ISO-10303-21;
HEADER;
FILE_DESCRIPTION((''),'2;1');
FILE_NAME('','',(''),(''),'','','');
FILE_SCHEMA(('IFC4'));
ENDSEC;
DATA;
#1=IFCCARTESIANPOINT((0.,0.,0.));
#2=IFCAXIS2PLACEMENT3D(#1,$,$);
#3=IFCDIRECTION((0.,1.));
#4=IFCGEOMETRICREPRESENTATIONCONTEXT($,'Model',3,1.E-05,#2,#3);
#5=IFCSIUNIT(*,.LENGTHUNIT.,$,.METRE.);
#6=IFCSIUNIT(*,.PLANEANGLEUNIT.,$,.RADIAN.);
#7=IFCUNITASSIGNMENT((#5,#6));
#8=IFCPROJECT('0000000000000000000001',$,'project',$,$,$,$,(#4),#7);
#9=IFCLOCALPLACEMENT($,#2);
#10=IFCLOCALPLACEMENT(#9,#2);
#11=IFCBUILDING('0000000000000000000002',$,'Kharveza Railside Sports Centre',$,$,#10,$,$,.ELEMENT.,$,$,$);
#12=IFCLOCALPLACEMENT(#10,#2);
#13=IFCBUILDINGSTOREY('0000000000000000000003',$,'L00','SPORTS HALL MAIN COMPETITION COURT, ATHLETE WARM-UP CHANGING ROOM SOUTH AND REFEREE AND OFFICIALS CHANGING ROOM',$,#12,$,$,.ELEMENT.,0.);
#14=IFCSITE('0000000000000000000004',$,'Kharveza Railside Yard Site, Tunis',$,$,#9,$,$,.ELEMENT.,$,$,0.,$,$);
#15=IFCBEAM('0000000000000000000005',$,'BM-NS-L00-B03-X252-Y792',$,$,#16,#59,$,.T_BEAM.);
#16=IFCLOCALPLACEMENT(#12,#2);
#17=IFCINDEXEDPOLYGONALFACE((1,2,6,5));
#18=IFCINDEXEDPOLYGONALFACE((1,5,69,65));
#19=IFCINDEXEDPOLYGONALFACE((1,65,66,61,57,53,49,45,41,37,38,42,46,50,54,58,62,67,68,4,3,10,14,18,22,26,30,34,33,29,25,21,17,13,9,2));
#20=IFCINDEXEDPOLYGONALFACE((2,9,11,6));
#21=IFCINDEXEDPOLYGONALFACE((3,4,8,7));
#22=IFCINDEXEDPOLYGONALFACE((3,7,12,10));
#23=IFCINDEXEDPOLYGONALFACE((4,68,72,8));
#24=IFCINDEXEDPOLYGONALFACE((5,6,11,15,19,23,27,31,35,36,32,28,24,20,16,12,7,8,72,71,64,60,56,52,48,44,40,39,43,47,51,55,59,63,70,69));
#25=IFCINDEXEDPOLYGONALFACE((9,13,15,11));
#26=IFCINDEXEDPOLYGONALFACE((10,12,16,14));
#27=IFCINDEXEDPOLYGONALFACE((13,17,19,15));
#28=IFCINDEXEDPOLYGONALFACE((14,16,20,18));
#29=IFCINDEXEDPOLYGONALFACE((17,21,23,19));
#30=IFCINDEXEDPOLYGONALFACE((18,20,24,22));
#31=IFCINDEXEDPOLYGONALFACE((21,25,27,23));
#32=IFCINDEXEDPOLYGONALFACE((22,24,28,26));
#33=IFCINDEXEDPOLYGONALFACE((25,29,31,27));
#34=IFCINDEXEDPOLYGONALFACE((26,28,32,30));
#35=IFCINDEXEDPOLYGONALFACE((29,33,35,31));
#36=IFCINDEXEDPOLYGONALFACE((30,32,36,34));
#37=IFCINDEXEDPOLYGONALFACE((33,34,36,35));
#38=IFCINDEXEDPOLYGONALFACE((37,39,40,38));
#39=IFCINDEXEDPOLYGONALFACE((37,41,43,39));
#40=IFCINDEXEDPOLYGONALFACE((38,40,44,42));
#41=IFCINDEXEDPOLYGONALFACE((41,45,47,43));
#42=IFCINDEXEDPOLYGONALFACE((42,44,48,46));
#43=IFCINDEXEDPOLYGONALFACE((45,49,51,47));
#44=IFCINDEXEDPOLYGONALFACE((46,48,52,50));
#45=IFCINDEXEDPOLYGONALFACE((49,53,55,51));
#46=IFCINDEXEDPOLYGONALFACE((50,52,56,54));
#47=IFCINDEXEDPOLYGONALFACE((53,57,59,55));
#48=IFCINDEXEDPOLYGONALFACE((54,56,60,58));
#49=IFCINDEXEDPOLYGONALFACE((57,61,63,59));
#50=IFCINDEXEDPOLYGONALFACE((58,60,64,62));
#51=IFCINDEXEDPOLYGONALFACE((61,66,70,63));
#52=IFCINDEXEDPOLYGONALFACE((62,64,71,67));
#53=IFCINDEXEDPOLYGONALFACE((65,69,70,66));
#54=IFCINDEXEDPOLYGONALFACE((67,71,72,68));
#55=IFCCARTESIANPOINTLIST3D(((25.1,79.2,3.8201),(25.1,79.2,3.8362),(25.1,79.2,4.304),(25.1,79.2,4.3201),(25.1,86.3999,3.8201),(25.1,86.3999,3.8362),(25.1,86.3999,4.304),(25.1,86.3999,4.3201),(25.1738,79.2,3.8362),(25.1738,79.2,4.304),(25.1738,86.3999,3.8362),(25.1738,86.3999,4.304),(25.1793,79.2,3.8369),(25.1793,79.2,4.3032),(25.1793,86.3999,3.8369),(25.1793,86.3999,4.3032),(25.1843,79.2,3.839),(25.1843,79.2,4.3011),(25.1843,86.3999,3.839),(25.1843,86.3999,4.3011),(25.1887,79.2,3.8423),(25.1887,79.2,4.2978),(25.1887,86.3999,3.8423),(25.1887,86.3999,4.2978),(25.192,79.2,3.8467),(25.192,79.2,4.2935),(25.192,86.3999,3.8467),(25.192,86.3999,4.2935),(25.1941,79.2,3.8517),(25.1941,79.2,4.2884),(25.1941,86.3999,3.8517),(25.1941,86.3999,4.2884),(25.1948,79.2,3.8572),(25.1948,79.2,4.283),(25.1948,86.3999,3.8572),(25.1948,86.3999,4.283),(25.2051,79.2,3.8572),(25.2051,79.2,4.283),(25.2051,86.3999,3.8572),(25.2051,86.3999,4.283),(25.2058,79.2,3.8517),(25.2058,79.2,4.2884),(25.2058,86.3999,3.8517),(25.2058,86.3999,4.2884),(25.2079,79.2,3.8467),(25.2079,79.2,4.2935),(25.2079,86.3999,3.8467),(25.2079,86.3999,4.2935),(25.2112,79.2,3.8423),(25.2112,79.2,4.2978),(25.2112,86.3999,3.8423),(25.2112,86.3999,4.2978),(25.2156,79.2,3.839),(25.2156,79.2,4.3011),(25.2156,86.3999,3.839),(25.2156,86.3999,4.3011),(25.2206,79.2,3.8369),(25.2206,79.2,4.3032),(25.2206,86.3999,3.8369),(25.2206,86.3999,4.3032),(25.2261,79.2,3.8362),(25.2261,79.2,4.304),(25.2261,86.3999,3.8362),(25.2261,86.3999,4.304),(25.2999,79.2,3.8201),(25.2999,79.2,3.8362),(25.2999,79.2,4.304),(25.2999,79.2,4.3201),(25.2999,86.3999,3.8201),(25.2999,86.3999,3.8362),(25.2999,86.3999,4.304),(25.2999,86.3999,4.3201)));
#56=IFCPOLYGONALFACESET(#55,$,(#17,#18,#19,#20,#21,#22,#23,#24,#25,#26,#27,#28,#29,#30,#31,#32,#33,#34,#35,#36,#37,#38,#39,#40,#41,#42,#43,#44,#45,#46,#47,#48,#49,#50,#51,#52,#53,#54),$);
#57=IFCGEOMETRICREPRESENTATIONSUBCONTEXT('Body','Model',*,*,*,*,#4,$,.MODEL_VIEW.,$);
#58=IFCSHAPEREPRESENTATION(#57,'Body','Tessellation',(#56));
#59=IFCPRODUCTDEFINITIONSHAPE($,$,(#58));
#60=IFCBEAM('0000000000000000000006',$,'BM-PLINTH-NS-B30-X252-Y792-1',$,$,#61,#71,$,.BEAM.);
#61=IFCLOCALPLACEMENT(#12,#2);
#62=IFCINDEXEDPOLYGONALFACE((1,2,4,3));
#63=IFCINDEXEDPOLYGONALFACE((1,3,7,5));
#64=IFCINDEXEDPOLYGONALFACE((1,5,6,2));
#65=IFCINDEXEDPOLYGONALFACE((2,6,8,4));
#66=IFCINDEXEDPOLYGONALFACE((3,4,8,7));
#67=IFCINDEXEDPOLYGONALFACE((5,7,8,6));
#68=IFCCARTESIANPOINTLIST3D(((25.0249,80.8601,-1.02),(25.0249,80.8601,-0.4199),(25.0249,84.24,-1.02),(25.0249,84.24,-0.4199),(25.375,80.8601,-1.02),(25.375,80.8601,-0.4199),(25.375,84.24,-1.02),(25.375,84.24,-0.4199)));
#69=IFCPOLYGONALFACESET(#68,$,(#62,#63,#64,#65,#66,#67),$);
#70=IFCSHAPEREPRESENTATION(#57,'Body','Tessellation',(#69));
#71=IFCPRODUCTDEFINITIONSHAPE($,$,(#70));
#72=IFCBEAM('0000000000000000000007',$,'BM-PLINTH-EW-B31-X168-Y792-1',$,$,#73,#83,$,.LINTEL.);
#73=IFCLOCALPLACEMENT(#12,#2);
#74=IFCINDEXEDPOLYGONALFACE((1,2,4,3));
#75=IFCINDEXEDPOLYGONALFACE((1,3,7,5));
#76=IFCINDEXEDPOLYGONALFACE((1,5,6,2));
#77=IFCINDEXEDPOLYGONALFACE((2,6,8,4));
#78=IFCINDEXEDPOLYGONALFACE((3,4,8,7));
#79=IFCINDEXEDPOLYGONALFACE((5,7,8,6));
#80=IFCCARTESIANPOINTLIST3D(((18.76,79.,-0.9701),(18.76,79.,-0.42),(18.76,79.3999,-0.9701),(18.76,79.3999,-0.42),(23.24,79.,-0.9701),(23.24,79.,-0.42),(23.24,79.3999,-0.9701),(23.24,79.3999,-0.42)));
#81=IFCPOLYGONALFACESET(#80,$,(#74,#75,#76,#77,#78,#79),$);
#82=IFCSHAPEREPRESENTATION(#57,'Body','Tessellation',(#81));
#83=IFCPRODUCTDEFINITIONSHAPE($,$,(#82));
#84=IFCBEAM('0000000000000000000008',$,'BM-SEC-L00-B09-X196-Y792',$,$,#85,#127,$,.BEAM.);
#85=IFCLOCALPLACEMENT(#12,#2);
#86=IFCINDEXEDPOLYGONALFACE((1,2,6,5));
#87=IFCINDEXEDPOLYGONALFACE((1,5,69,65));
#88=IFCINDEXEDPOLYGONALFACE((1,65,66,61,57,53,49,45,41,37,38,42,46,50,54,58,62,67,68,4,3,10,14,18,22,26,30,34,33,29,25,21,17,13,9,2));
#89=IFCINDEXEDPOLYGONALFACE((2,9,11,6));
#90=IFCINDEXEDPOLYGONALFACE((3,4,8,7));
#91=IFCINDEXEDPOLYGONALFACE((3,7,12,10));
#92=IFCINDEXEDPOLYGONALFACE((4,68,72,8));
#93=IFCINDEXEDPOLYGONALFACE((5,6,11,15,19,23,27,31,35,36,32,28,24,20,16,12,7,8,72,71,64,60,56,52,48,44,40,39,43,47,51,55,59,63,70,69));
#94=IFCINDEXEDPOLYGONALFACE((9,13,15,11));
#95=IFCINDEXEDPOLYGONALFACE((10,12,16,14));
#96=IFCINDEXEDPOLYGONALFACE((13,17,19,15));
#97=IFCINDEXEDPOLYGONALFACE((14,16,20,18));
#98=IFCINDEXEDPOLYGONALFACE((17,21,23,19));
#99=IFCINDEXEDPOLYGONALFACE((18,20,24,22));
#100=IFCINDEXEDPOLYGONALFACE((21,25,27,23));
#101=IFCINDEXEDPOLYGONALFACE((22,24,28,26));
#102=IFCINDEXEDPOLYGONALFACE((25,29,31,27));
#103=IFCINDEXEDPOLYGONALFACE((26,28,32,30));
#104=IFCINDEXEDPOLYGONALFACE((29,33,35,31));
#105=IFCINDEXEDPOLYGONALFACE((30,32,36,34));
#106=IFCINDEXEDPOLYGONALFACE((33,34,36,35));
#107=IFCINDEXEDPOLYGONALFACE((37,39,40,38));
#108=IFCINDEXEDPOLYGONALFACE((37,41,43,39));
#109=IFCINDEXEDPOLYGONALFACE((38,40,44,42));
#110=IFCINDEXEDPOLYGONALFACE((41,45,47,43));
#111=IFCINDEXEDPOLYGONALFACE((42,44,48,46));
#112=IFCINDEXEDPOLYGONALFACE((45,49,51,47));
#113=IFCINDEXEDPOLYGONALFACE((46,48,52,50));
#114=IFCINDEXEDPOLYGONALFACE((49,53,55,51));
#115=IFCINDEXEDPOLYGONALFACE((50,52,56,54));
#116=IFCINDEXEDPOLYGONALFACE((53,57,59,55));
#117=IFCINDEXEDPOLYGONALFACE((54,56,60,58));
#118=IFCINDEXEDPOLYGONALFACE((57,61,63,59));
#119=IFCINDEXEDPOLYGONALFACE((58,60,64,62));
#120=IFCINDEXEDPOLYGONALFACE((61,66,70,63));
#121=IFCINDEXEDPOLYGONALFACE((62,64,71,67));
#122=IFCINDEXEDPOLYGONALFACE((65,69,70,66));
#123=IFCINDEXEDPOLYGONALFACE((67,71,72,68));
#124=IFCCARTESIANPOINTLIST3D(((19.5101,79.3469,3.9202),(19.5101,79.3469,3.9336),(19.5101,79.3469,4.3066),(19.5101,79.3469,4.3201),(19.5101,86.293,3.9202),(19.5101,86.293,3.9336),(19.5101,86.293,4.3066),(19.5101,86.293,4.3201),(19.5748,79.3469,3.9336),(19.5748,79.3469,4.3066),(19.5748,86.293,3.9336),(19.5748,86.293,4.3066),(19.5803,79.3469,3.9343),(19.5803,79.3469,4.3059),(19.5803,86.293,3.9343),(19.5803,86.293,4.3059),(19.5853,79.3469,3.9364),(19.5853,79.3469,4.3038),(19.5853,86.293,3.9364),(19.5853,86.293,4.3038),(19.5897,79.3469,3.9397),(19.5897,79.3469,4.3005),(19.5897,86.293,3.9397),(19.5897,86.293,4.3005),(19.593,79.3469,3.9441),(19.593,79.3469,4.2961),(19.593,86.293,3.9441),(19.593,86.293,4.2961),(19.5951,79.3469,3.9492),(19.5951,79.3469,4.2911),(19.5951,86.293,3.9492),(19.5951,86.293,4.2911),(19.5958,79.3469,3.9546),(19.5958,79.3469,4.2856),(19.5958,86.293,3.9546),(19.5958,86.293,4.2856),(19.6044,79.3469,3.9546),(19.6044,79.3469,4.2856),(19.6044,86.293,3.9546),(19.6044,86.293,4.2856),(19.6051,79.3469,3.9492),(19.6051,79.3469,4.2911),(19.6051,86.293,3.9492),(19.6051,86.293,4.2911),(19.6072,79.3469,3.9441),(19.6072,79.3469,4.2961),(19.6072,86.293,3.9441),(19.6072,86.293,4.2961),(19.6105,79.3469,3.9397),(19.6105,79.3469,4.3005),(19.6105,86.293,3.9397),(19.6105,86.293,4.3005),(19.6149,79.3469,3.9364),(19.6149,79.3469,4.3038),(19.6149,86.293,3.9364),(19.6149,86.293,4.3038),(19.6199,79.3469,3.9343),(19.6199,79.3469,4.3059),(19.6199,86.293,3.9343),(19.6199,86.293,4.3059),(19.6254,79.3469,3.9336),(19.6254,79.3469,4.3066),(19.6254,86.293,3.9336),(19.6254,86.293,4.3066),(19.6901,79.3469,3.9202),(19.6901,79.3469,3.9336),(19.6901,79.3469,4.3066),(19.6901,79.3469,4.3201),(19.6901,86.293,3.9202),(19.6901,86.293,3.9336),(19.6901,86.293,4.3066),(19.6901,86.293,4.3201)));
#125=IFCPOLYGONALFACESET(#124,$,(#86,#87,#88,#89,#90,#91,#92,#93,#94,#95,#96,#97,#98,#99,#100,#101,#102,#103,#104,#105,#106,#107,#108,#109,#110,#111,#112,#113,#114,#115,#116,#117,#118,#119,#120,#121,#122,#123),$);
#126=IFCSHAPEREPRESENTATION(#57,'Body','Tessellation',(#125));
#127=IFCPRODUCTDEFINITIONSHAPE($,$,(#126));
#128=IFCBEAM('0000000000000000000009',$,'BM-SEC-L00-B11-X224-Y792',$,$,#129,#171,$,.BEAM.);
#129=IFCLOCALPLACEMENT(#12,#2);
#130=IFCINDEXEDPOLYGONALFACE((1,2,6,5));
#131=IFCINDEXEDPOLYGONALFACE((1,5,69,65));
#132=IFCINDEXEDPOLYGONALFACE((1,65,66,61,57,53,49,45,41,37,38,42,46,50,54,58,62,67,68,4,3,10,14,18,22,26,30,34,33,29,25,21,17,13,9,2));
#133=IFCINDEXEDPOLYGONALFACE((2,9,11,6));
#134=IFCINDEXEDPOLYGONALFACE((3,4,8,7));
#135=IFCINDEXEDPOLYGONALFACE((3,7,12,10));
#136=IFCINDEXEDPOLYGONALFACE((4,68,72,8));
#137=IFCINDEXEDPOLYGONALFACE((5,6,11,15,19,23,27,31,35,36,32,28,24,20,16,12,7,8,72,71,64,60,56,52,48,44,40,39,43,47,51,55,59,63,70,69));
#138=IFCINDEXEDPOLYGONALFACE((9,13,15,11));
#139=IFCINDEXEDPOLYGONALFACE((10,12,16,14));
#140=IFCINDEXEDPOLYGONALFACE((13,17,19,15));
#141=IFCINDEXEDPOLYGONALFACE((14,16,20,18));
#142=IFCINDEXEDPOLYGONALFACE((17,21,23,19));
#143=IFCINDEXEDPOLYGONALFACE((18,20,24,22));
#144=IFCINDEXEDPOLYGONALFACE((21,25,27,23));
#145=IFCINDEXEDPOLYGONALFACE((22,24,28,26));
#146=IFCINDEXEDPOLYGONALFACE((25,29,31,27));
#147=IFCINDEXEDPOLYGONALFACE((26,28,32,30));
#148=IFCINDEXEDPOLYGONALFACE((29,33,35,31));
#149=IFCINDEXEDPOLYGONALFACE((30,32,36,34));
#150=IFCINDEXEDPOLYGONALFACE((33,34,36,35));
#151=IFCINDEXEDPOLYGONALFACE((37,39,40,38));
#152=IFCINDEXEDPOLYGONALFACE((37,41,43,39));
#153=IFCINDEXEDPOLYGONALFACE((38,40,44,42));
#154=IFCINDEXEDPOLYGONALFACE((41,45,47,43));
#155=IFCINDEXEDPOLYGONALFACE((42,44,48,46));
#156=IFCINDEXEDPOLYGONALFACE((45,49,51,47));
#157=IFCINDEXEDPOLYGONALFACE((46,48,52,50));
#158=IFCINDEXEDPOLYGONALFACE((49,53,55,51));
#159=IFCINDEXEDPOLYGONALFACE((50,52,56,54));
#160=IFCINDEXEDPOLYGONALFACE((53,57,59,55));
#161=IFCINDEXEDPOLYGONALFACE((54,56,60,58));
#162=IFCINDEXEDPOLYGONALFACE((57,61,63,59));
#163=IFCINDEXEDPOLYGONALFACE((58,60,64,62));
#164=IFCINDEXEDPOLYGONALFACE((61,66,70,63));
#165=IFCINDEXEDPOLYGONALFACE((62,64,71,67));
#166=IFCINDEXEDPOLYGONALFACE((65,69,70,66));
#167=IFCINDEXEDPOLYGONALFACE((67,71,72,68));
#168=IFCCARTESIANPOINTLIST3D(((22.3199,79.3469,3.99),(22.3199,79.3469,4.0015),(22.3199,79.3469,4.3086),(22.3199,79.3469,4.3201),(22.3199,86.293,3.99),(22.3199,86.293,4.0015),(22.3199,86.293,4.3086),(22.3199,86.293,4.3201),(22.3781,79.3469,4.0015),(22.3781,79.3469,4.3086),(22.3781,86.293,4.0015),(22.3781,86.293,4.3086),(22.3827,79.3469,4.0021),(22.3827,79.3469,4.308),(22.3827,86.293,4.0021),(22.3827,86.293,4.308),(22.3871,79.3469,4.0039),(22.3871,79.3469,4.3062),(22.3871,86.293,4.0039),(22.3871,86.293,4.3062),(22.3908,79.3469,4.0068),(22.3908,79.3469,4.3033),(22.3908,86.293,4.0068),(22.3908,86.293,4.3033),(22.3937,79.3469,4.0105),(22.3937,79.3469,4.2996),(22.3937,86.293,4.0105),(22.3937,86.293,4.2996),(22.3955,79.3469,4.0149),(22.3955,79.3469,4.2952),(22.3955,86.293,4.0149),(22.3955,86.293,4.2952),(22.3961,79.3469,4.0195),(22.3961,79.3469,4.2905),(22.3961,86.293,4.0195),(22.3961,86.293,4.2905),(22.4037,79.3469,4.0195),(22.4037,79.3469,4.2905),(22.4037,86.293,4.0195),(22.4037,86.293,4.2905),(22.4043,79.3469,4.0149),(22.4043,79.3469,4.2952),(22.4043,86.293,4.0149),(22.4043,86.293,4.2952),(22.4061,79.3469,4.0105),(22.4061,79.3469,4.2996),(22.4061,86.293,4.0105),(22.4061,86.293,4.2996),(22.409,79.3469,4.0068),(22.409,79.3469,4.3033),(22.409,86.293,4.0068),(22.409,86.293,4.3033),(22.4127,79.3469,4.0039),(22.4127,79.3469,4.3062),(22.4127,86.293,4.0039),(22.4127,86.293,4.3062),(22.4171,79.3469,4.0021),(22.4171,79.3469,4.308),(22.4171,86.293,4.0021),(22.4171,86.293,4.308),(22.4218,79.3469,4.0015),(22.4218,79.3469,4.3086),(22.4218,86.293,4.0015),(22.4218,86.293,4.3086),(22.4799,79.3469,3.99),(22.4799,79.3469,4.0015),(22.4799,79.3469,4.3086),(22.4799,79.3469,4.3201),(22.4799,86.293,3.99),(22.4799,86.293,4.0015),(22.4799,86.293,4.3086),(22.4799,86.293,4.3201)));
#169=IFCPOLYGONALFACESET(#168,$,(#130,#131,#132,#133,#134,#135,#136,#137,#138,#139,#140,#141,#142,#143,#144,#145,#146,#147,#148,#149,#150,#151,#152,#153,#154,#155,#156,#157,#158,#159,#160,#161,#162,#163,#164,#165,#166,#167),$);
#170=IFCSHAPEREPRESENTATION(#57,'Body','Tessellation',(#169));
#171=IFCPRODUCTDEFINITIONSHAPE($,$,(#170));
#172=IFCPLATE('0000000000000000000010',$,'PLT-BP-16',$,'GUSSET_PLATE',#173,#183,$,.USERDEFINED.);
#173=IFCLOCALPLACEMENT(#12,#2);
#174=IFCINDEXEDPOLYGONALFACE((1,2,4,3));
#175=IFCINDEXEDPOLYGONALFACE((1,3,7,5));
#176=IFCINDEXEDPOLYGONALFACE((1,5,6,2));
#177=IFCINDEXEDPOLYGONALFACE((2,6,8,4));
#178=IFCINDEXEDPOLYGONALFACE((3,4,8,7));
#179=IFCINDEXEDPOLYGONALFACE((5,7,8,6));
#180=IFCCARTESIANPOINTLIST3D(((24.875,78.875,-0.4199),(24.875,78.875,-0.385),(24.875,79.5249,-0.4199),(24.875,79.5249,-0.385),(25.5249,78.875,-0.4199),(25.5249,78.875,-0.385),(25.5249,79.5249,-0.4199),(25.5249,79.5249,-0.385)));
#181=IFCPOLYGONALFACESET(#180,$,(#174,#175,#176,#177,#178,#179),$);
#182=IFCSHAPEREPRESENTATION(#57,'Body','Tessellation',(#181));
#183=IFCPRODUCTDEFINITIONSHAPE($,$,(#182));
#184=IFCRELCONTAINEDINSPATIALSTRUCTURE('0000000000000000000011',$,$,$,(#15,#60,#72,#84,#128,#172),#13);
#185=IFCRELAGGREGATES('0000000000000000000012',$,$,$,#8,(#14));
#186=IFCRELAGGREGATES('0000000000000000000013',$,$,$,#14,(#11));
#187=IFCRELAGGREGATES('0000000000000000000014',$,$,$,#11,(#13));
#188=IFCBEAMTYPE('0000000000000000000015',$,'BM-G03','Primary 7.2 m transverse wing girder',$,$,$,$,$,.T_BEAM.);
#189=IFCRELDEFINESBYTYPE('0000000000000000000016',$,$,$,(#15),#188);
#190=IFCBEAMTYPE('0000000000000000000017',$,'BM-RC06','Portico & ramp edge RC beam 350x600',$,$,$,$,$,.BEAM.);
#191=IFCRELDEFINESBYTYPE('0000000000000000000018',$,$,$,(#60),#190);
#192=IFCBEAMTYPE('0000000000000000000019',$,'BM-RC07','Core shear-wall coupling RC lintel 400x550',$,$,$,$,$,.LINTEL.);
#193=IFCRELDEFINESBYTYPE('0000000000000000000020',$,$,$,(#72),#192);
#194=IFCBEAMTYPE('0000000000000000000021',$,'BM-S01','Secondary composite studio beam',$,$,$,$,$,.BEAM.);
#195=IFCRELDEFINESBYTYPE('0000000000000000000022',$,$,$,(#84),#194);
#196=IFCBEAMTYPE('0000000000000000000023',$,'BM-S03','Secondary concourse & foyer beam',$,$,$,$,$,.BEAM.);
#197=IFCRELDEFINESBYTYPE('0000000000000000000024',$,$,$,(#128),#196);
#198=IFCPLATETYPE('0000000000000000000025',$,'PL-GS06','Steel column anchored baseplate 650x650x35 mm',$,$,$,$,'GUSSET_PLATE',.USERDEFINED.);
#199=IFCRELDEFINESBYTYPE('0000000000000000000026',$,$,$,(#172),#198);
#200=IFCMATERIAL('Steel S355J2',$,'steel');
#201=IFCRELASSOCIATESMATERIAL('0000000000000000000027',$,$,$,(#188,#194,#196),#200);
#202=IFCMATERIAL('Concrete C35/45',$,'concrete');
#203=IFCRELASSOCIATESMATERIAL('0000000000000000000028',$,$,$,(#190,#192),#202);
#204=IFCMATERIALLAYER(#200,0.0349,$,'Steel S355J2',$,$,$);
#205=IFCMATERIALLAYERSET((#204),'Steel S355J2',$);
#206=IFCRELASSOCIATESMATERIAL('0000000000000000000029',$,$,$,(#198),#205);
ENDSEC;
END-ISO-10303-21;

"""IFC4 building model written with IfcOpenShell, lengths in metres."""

from ifc_helpers import new_model, si_unit, direction, frame, origin, origin_2d, place, context, subcontext, project, spatial, rectangle, i_section, extrude, material, layer, layer_set, material_profile, profile_set, type_object, element, save


model = new_model("IFC4")

# Units and contexts
model_context = context("Model", 3, precision=1e-05, world=origin(), true_north=direction((0.0, 1.0)))
body_context = subcontext(model_context, "Body", "Model", "MODEL_VIEW")
ifc_project = project(units=[si_unit("LENGTHUNIT", "METRE"), si_unit("PLANEANGLEUNIT", "RADIAN")], contexts=[model_context])

# Site, building, storey
site_placement = place(None, origin())
site = spatial("IfcSite", under=ifc_project, at=site_placement, Name="Kharveza Railside Yard Site, Tunis", CompositionType="ELEMENT", RefElevation=0.0)
building_placement = place(site_placement, origin())
building = spatial("IfcBuilding", under=site, at=building_placement, Name="Kharveza Railside Sports Centre", CompositionType="ELEMENT")
storey_placement = place(building_placement, origin())
storey = spatial("IfcBuildingStorey", under=building, at=storey_placement, Name="L00", Description="SPORTS HALL MAIN COMPETITION COURT, ATHLETE WARM-UP CHANGING ROOM SOUTH AND REFEREE AND OFFICIALS CHANGING ROOM", CompositionType="ELEMENT", Elevation=0.0)

# Shared definitions
ifc_material_1 = material(Name="Concrete C35/45", Category="concrete")

# Shared definitions
ifc_material_2 = material(Name="Steel S355J2", Category="steel")

# Beams
ifc_material_profile_1 = material_profile(ifc_material_2, i_section(OverallWidth=0.2, OverallDepth=0.5, WebThickness=0.0103, FlangeThickness=0.0161, FilletRadius=0.021, at=origin_2d()), Name="IPE 500")
ifc_profile_set_1 = profile_set([ifc_material_profile_1], Name="Steel S355J2")
beam_type_1 = type_object("IfcBeamType", Name="BM-G03", Description="Primary 7.2 m transverse wing girder", PredefinedType="T_BEAM", material=ifc_profile_set_1)
beam_1_placement = place(storey_placement, frame((25.2, 79.2, 4.0701), z_axis=(0.0, 1.0, 0.0), x_axis=(-1.0, 0.0, 0.0)))
element("IfcBeam", 1, at=beam_1_placement, inside=storey, type_object=beam_type_1, Name="BM-NS-L00-B03-X252-Y792", PredefinedType="T_BEAM", context=body_context, shape_type="SweptSolid", body=[
    extrude(i_section(OverallWidth=0.2, OverallDepth=0.5, WebThickness=0.0103, FlangeThickness=0.0161, FilletRadius=0.021, at=origin_2d()), origin(), (0.0, 0.0, 1.0), 7.2),
])
ifc_material_profile_2 = material_profile(ifc_material_1, rectangle(XDim=0.3501, YDim=0.6001, at=origin_2d()), Name="RCB 350x600")
ifc_profile_set_2 = profile_set([ifc_material_profile_2], Name="Concrete C35/45")
beam_type_2 = type_object("IfcBeamType", Name="BM-RC06", Description="Portico & ramp edge RC beam 350x600", PredefinedType="BEAM", material=ifc_profile_set_2)
beam_2_placement = place(storey_placement, frame((25.2, 80.8601, -0.72), z_axis=(0.0, 1.0, 0.0), x_axis=(-1.0, 0.0, 0.0)))
element("IfcBeam", 2, at=beam_2_placement, inside=storey, type_object=beam_type_2, Name="BM-PLINTH-NS-B30-X252-Y792-1", PredefinedType="BEAM", context=body_context, shape_type="SweptSolid", body=[
    extrude(rectangle(XDim=0.3501, YDim=0.6001, at=origin_2d()), origin(), (0.0, 0.0, 1.0), 3.3799),
])
ifc_material_profile_3 = material_profile(ifc_material_1, rectangle(XDim=0.3999, YDim=0.55, at=origin_2d()), Name="RCB 400x550")
ifc_profile_set_3 = profile_set([ifc_material_profile_3], Name="Concrete C35/45")
beam_type_3 = type_object("IfcBeamType", Name="BM-RC07", Description="Core shear-wall coupling RC lintel 400x550", PredefinedType="LINTEL", material=ifc_profile_set_3)
beam_3_placement = place(storey_placement, frame((18.76, 79.2, -0.6951), z_axis=(1.0, 0.0, 0.0), x_axis=(0.0, 1.0, 0.0)))
element("IfcBeam", 3, at=beam_3_placement, inside=storey, type_object=beam_type_3, Name="BM-PLINTH-EW-B31-X168-Y792-1", PredefinedType="LINTEL", context=body_context, shape_type="SweptSolid", body=[
    extrude(rectangle(XDim=0.3999, YDim=0.55, at=origin_2d()), origin(), (0.0, 0.0, 1.0), 4.48),
])
ifc_material_profile_4 = material_profile(ifc_material_2, i_section(OverallWidth=0.1799, OverallDepth=0.3999, WebThickness=0.0085, FlangeThickness=0.0134, FilletRadius=0.021, at=origin_2d()), Name="IPE 400")
ifc_profile_set_4 = profile_set([ifc_material_profile_4], Name="Steel S355J2")
beam_type_4 = type_object("IfcBeamType", Name="BM-S01", Description="Secondary composite studio beam", PredefinedType="BEAM", material=ifc_profile_set_4)
beam_4_placement = place(storey_placement, frame((19.6001, 79.3469, 4.1201), z_axis=(0.0, 1.0, 0.0), x_axis=(-1.0, 0.0, 0.0)))
element("IfcBeam", 4, at=beam_4_placement, inside=storey, type_object=beam_type_4, Name="BM-SEC-L00-B09-X196-Y792", PredefinedType="BEAM", context=body_context, shape_type="SweptSolid", body=[
    extrude(i_section(OverallWidth=0.1799, OverallDepth=0.3999, WebThickness=0.0085, FlangeThickness=0.0134, FilletRadius=0.021, at=origin_2d()), origin(), (0.0, 0.0, 1.0), 6.946),
])
ifc_material_profile_5 = material_profile(ifc_material_2, i_section(OverallWidth=0.1599, OverallDepth=0.3301, WebThickness=0.0076, FlangeThickness=0.0115, FilletRadius=0.0181, at=origin_2d()), Name="IPE 330")
ifc_profile_set_5 = profile_set([ifc_material_profile_5], Name="Steel S355J2")
beam_type_5 = type_object("IfcBeamType", Name="BM-S03", Description="Secondary concourse & foyer beam", PredefinedType="BEAM", material=ifc_profile_set_5)
beam_5_placement = place(storey_placement, frame((22.3999, 79.3469, 4.155), z_axis=(0.0, 1.0, 0.0), x_axis=(-1.0, 0.0, 0.0)))
element("IfcBeam", 5, at=beam_5_placement, inside=storey, type_object=beam_type_5, Name="BM-SEC-L00-B11-X224-Y792", PredefinedType="BEAM", context=body_context, shape_type="SweptSolid", body=[
    extrude(i_section(OverallWidth=0.1599, OverallDepth=0.3301, WebThickness=0.0076, FlangeThickness=0.0115, FilletRadius=0.0181, at=origin_2d()), origin(), (0.0, 0.0, 1.0), 6.946),
])

# Plate
ifc_layer_1 = layer(ifc_material_2, 0.0349, Name="Steel S355J2")
ifc_layer_set_1 = layer_set([ifc_layer_1], Name="Steel S355J2")
plate_type = type_object("IfcPlateType", Name="PL-GS06", Description="Steel column anchored baseplate 650x650x35 mm", ElementType="GUSSET_PLATE", PredefinedType="USERDEFINED", material=ifc_layer_set_1)
plate_placement = place(storey_placement, frame((25.2, 79.2, -0.4199), z_axis=(0.0, 0.0, 1.0), x_axis=(1.0, 0.0, 0.0)))
element("IfcPlate", 6, at=plate_placement, inside=storey, type_object=plate_type, Name="PLT-BP-16", ObjectType="GUSSET_PLATE", PredefinedType="USERDEFINED", context=body_context, shape_type="SweptSolid", body=[
    extrude(rectangle(XDim=0.6499, YDim=0.6499, at=origin_2d()), origin(), (0.0, 0.0, 1.0), 0.0349),
])

save(model, "model.ifc")
